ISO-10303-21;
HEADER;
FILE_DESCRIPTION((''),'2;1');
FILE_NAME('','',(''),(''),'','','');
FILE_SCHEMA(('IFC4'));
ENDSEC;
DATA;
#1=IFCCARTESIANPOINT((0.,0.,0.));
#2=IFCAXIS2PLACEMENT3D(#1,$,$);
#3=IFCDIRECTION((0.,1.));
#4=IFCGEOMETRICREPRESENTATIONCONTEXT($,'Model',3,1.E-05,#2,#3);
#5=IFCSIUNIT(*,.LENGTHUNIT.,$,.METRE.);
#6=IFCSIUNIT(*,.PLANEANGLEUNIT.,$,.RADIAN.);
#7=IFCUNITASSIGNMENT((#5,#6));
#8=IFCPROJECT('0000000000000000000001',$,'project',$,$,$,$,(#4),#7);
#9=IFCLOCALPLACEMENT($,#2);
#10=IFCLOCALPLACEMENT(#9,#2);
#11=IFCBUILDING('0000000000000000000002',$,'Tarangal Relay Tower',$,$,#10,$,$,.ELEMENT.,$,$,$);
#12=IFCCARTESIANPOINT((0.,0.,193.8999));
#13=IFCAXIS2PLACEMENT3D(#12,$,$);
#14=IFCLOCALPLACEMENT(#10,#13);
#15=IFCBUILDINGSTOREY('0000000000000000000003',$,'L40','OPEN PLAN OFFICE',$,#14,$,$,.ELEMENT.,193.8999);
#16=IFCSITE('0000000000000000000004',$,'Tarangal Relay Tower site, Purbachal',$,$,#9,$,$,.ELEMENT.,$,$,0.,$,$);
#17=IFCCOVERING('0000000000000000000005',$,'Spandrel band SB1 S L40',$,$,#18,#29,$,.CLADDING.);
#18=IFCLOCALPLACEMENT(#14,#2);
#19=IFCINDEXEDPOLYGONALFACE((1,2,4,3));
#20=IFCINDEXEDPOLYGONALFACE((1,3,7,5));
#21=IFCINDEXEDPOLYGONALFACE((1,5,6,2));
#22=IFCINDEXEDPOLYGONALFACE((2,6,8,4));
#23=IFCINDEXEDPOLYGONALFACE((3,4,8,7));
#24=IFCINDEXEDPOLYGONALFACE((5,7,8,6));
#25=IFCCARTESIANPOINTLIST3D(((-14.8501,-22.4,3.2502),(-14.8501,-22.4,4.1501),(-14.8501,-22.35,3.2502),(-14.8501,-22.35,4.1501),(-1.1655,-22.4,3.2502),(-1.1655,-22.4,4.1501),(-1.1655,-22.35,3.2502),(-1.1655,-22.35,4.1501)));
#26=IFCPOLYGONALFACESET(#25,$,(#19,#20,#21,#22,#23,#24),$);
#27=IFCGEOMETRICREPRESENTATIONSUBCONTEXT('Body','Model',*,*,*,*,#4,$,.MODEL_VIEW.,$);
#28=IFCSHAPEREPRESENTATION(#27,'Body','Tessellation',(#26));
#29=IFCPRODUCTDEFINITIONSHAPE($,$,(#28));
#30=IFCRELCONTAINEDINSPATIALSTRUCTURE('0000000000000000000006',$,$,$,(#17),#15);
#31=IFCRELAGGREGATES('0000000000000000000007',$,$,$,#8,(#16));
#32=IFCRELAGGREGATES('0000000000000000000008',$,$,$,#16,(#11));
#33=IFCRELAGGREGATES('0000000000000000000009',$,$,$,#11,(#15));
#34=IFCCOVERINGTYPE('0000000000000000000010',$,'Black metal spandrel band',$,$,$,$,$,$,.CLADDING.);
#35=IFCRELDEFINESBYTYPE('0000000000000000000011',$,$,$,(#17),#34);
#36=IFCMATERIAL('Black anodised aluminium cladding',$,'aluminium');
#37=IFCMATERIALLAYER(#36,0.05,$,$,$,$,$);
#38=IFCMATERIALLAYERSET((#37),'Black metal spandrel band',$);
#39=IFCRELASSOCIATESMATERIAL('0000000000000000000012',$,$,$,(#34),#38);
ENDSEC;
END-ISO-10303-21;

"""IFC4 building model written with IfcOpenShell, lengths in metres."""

from ifc_helpers import new_model, si_unit, direction, frame, origin, origin_2d, place, context, subcontext, project, spatial, rectangle, extrude, material, layer, layer_set, type_object, element, save


model = new_model("IFC4")

# Units and contexts
model_context = context("Model", 3, precision=1e-05, world=origin(), true_north=direction((0.0, 1.0)))
body_context = subcontext(model_context, "Body", "Model", "MODEL_VIEW")
ifc_project = project(units=[si_unit("LENGTHUNIT", "METRE"), si_unit("PLANEANGLEUNIT", "RADIAN")], contexts=[model_context])

# Site, building, storey
site_placement = place(None, origin())
site = spatial("IfcSite", under=ifc_project, at=site_placement, Name="Tarangal Relay Tower site, Purbachal", CompositionType="ELEMENT", RefElevation=0.0)
building_placement = place(site_placement, origin())
building = spatial("IfcBuilding", under=site, at=building_placement, Name="Tarangal Relay Tower", CompositionType="ELEMENT")
storey_placement = place(building_placement, frame((0.0, 0.0, 193.8999)))
storey = spatial("IfcBuildingStorey", under=building, at=storey_placement, Name="L40", Description="OPEN PLAN OFFICE", CompositionType="ELEMENT", Elevation=193.8999)

# Covering
ifc_material_1 = material(Name="Black anodised aluminium cladding", Category="aluminium")
ifc_layer_1 = layer(ifc_material_1, 0.05)
ifc_layer_set_1 = layer_set([ifc_layer_1], Name="Black metal spandrel band")
covering_type = type_object("IfcCoveringType", Name="Black metal spandrel band", PredefinedType="CLADDING", material=ifc_layer_set_1)
covering_1_placement = place(storey_placement, frame((-8.0078, -22.375, 3.2502), z_axis=(0.0, 0.0, 1.0), x_axis=(-1.0, 0.0, 0.0)))
element("IfcCovering", 1, at=covering_1_placement, inside=storey, type_object=covering_type, Name="Spandrel band SB1 S L40", PredefinedType="CLADDING", context=body_context, shape_type="SweptSolid", body=[
    extrude(rectangle(XDim=13.6846, YDim=0.05, at=origin_2d()), origin(), (0.0, 0.0, 1.0), 0.8999),
])

save(model, "model.ifc")
